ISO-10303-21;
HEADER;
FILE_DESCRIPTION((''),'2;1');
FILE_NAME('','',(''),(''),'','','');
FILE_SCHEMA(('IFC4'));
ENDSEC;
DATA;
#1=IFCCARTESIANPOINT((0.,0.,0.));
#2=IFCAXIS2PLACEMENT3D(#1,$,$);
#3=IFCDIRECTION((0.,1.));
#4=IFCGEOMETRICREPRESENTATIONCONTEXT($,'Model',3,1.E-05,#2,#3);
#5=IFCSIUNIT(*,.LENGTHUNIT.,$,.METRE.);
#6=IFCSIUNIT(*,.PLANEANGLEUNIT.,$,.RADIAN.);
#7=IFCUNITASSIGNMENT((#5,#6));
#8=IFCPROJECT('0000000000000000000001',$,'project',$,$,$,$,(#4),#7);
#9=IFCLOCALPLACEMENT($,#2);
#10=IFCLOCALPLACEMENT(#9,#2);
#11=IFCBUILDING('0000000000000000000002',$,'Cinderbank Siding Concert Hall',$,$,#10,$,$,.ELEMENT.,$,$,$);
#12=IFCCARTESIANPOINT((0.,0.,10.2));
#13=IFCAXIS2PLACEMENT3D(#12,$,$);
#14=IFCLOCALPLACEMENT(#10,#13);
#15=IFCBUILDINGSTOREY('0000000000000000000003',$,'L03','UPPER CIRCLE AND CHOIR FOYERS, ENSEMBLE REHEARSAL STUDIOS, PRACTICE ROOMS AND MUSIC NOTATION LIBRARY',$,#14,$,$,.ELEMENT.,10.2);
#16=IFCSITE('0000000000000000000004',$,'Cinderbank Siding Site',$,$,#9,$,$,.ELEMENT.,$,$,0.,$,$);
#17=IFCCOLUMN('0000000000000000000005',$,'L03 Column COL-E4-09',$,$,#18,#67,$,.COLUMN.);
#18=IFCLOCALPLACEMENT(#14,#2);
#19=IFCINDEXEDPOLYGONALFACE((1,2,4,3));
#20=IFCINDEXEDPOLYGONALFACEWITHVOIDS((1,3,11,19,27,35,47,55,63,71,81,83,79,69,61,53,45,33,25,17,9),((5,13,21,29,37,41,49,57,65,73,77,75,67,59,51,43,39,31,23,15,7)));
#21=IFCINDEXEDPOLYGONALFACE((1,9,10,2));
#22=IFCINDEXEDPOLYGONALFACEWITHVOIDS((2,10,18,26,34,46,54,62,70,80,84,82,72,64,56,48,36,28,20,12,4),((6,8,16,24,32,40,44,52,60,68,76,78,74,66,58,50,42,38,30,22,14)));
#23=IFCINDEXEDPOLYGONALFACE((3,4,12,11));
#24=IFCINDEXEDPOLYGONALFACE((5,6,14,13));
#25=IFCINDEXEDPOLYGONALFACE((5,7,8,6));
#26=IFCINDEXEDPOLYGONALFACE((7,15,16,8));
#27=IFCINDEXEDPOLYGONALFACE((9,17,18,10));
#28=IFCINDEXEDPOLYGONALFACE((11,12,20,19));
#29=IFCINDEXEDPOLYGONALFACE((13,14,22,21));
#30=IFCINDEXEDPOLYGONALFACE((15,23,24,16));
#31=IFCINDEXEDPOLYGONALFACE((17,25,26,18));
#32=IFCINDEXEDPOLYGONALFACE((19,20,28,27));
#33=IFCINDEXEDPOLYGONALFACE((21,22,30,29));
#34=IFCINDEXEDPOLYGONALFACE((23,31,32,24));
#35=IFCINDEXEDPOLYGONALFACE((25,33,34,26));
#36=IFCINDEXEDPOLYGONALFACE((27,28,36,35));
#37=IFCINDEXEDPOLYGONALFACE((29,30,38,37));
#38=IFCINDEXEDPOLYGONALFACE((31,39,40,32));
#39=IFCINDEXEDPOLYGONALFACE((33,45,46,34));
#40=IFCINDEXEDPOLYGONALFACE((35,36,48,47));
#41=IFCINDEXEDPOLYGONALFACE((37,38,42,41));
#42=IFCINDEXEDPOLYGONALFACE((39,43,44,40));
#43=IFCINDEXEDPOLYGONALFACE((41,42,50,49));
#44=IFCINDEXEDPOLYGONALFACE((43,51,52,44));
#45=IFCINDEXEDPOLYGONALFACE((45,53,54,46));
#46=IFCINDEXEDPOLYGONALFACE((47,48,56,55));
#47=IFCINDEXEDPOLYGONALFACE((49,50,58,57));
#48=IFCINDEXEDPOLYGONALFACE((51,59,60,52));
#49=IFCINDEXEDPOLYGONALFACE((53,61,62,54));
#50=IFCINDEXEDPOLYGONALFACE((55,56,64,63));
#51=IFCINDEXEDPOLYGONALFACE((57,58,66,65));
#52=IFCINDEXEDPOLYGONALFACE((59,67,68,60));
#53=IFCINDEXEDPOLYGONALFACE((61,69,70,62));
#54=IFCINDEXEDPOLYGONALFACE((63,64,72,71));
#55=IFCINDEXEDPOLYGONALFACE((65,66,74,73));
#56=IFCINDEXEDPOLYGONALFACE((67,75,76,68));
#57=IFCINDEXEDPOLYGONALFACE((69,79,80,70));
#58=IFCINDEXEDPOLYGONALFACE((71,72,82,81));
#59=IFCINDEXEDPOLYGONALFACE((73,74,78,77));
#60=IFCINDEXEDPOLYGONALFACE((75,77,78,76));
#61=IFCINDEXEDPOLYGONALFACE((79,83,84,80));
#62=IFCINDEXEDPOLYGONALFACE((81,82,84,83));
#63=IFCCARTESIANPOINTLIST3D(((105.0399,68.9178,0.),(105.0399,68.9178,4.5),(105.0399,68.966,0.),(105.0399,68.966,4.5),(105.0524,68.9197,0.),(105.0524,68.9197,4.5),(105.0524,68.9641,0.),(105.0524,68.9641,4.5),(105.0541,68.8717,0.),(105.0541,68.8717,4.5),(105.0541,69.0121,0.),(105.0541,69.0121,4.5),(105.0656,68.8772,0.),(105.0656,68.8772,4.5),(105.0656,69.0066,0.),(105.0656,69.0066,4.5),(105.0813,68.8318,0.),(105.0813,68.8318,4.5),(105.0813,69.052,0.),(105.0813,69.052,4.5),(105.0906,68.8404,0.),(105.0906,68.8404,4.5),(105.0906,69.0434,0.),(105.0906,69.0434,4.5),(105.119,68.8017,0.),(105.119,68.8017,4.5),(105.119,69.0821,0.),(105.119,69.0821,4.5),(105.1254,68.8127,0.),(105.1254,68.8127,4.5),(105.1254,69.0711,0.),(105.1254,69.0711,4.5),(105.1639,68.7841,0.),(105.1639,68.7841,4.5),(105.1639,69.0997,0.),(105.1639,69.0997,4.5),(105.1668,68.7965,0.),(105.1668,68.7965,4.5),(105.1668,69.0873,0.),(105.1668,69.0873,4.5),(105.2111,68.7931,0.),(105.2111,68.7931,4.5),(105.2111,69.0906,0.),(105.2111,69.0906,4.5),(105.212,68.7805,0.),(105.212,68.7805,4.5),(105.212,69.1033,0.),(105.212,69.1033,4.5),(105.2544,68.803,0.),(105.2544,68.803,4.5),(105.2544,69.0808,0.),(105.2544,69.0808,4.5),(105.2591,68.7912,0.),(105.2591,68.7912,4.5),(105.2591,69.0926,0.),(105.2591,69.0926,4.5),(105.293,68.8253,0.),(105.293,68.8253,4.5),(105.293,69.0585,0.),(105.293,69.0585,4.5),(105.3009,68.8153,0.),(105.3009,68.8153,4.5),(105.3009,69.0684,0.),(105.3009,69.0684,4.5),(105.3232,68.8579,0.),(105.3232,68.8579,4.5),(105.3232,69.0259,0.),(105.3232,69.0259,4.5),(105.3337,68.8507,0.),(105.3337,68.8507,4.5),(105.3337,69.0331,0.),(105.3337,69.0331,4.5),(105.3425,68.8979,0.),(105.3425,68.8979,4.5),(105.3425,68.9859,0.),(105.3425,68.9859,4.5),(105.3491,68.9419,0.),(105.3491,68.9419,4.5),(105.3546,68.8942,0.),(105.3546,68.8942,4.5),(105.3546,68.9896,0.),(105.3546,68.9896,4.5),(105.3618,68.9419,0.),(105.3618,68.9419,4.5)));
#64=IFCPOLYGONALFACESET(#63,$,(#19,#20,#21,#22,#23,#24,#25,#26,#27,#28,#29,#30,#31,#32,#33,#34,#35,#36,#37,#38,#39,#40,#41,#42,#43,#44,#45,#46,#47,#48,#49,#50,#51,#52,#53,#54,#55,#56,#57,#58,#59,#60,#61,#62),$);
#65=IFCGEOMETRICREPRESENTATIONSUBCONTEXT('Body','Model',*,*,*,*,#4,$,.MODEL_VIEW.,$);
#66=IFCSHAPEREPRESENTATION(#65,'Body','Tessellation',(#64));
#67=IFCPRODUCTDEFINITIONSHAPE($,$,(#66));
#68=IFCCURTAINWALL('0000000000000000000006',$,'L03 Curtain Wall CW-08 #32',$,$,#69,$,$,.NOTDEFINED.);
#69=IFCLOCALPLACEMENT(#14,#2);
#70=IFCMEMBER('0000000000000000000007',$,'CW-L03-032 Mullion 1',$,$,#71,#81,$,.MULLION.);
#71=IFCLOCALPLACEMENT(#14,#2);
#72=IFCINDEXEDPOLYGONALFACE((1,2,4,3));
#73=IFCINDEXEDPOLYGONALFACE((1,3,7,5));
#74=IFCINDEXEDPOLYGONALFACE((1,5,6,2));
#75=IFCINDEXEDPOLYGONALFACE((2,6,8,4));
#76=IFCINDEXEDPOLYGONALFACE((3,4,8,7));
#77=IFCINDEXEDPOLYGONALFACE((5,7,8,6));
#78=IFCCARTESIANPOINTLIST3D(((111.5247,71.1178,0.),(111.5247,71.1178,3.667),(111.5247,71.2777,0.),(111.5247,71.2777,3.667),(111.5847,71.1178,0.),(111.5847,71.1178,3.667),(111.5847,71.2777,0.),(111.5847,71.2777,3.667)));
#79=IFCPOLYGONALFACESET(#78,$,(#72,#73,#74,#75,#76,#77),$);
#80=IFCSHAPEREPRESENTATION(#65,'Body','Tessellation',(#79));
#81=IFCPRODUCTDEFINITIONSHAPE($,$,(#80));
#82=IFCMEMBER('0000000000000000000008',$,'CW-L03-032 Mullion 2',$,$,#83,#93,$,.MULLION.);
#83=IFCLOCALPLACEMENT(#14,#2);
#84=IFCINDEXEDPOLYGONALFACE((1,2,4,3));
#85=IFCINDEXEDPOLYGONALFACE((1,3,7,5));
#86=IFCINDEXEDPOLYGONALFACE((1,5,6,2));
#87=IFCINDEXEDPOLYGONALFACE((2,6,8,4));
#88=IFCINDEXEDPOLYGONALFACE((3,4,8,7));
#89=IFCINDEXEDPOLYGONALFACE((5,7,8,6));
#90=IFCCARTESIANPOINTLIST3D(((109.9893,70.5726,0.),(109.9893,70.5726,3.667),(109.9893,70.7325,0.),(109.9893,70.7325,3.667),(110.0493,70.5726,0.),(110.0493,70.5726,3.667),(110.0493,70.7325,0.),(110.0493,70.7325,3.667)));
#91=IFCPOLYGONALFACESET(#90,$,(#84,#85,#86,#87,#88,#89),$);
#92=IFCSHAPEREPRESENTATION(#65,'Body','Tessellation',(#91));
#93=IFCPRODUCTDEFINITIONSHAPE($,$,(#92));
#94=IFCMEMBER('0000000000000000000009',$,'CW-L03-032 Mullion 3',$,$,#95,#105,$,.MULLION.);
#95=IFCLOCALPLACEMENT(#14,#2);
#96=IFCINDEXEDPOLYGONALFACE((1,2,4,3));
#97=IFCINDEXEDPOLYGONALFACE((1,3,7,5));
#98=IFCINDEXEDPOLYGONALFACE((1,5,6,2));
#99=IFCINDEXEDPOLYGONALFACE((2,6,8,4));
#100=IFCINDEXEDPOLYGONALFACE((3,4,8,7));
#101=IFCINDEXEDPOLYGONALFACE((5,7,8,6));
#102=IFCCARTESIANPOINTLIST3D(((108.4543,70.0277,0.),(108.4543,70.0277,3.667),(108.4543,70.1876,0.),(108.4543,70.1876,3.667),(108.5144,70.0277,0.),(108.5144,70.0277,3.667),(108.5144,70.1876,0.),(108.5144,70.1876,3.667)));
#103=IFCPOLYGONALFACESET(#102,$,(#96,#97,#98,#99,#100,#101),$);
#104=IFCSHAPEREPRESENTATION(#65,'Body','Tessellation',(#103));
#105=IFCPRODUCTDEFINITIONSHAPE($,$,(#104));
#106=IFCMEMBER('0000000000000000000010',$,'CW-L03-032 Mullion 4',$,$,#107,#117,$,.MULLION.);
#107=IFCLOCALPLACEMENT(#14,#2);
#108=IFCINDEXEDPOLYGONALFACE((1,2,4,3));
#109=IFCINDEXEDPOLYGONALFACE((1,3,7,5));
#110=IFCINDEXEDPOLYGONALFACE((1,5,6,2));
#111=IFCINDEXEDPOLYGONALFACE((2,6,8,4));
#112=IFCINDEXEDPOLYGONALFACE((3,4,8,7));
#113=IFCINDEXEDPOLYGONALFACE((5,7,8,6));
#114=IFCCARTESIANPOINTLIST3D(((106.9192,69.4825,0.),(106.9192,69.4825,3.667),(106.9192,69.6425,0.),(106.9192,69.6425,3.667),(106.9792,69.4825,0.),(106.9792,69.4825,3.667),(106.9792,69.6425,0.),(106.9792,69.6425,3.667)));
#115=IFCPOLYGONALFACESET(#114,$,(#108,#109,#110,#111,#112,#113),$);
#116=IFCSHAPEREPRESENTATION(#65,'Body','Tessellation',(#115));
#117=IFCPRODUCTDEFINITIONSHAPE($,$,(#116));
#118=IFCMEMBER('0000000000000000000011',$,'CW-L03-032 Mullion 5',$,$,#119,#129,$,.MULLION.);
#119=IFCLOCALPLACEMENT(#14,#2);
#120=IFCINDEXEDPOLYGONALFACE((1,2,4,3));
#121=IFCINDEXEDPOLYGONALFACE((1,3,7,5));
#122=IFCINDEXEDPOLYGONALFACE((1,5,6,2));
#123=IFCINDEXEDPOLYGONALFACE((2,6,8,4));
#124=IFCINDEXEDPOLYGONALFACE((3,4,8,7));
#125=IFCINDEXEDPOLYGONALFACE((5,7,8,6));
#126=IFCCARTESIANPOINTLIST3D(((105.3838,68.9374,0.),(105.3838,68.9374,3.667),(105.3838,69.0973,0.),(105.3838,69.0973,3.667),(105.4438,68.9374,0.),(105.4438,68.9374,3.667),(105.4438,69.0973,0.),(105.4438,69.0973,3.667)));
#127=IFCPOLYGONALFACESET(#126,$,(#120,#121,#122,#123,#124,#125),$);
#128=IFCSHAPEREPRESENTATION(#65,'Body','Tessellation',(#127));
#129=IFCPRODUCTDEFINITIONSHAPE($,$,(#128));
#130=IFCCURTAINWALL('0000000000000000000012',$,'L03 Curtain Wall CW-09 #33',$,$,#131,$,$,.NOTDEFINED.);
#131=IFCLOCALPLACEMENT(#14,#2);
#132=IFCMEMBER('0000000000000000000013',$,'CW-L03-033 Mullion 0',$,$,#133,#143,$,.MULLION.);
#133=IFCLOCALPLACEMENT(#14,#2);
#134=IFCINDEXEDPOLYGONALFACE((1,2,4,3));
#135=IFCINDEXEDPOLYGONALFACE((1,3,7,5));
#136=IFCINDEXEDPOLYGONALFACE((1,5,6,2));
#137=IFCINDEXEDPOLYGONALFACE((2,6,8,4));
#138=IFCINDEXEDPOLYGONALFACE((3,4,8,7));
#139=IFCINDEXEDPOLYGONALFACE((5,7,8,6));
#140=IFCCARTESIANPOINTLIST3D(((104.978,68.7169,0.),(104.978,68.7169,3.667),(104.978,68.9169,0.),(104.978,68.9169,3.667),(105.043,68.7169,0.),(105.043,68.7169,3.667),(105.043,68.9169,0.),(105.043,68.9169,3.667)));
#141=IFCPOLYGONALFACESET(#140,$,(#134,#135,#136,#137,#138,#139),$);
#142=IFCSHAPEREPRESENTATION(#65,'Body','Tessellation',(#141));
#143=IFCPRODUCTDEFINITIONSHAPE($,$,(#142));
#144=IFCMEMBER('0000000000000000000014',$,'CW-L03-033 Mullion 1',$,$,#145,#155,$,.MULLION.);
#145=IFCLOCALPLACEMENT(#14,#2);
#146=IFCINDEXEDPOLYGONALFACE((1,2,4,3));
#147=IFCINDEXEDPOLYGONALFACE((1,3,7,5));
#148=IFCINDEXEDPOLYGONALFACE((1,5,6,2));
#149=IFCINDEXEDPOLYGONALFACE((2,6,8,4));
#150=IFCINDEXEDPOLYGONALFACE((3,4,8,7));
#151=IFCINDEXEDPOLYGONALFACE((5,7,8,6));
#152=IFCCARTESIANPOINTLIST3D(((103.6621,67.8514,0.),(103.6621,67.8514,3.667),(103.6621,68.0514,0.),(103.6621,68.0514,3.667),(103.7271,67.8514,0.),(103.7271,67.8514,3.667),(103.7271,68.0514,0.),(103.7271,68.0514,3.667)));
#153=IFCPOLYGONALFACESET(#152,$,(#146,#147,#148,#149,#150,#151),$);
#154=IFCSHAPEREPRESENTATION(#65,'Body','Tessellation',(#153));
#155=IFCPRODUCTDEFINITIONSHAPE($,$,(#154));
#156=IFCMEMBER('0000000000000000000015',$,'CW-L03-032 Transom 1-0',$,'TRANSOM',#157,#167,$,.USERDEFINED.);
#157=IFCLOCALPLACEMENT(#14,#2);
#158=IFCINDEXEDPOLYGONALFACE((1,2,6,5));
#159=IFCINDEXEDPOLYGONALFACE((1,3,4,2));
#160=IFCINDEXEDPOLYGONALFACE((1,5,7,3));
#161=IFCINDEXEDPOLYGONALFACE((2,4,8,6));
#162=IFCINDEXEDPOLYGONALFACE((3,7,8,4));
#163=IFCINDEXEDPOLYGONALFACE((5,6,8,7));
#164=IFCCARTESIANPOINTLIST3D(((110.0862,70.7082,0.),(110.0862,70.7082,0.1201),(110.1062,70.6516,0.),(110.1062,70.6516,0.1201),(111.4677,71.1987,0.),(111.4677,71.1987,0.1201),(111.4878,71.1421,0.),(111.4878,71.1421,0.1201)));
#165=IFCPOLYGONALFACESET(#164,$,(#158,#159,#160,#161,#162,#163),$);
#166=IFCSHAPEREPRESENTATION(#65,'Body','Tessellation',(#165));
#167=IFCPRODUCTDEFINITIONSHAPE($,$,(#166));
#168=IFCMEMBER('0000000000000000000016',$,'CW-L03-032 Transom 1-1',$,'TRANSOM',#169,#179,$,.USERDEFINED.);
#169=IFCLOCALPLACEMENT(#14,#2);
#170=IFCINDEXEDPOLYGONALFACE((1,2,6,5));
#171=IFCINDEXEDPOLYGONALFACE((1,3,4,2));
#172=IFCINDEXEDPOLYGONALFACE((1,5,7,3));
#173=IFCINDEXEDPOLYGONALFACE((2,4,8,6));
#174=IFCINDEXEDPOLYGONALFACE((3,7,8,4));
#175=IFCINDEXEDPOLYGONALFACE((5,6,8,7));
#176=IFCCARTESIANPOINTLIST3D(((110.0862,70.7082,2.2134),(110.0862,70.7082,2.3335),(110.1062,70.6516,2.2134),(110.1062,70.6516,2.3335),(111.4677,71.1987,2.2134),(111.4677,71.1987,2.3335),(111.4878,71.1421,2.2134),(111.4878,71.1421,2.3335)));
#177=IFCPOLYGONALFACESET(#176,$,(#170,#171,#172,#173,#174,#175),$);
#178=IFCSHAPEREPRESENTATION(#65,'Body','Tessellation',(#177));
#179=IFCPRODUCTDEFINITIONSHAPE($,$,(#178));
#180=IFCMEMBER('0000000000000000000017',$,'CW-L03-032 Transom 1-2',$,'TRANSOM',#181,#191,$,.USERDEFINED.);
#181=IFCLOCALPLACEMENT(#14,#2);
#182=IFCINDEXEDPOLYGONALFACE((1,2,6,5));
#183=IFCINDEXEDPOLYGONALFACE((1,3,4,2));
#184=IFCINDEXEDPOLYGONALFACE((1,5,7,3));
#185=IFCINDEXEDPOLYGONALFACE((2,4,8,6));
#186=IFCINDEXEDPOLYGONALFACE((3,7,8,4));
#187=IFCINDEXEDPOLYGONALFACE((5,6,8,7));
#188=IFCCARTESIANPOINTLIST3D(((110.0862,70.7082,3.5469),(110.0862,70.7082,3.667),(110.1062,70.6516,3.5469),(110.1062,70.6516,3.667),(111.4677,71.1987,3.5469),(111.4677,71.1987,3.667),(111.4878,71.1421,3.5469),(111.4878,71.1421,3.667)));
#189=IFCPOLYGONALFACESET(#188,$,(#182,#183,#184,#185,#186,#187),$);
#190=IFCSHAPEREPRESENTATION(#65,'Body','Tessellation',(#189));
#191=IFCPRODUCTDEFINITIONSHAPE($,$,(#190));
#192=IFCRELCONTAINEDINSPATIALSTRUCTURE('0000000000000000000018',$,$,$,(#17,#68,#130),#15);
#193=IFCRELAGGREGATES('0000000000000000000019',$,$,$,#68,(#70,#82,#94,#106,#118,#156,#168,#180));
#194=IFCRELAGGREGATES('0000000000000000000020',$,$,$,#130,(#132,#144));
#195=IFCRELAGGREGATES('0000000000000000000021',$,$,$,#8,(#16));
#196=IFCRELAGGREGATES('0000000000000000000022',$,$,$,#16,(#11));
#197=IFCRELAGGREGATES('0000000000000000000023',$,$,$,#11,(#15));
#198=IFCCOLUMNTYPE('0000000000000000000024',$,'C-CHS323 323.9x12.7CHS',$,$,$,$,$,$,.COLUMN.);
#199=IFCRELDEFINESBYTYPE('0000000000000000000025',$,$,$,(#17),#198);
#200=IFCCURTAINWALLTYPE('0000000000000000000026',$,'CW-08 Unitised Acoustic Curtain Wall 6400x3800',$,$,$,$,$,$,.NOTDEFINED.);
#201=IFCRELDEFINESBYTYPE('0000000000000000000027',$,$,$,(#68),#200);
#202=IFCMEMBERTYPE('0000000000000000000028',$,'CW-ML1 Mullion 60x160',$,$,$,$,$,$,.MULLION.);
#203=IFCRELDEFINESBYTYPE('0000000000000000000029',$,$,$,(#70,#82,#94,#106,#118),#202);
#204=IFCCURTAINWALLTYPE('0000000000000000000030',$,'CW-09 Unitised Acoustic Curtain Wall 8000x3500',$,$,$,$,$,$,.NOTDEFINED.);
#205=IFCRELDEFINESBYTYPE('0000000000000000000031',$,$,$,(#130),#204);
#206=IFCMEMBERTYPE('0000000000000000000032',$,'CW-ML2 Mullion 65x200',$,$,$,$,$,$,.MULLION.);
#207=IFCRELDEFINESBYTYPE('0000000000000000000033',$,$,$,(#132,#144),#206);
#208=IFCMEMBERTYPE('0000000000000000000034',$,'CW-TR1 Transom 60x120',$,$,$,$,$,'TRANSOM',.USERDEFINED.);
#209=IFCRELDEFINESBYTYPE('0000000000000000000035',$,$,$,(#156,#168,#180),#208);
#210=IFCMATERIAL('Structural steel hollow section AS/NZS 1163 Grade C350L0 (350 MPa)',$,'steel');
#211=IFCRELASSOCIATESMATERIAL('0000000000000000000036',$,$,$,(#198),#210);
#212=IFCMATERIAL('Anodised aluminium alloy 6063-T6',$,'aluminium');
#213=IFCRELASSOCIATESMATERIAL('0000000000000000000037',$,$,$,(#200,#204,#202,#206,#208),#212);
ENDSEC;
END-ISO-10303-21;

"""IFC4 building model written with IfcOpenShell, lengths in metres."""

from ifc_helpers import new_model, si_unit, direction, frame, origin, origin_2d, place, context, subcontext, project, spatial, rectangle, hollow_circle, extrude, material, material_profile, profile_set, type_object, element, aggregate, save


model = new_model("IFC4")

# Units and contexts
model_context = context("Model", 3, precision=1e-05, world=origin(), true_north=direction((0.0, 1.0)))
body_context = subcontext(model_context, "Body", "Model", "MODEL_VIEW")
ifc_project = project(units=[si_unit("LENGTHUNIT", "METRE"), si_unit("PLANEANGLEUNIT", "RADIAN")], contexts=[model_context])

# Site, building, storey
site_placement = place(None, origin())
site = spatial("IfcSite", under=ifc_project, at=site_placement, Name="Cinderbank Siding Site", CompositionType="ELEMENT", RefElevation=0.0)
building_placement = place(site_placement, origin())
building = spatial("IfcBuilding", under=site, at=building_placement, Name="Cinderbank Siding Concert Hall", CompositionType="ELEMENT")
storey_placement = place(building_placement, frame((0.0, 0.0, 10.2)))
storey = spatial("IfcBuildingStorey", under=building, at=storey_placement, Name="L03", Description="UPPER CIRCLE AND CHOIR FOYERS, ENSEMBLE REHEARSAL STUDIOS, PRACTICE ROOMS AND MUSIC NOTATION LIBRARY", CompositionType="ELEMENT", Elevation=10.2)

# Column
ifc_material_1 = material(Name="Structural steel hollow section AS/NZS 1163 Grade C350L0 (350 MPa)", Category="steel")
ifc_material_profile_1 = material_profile(ifc_material_1, hollow_circle(Radius=0.1619, WallThickness=0.0127, at=origin_2d()), Name="323.9x12.7CHS", Category="LoadBearing")
ifc_profile_set_1 = profile_set([ifc_material_profile_1], Name="Structural steel hollow section AS/NZS 1163 Grade C350L0 (350 MPa)")
column_type = type_object("IfcColumnType", Name="C-CHS323 323.9x12.7CHS", PredefinedType="COLUMN", material=ifc_profile_set_1)
column_placement = place(storey_placement, frame((105.2, 68.9419, 0.0), z_axis=(0.0, 0.0, 1.0), x_axis=(1.0, 0.0, 0.0)))
element("IfcColumn", 1, at=column_placement, inside=storey, type_object=column_type, Name="L03 Column COL-E4-09", PredefinedType="COLUMN", context=body_context, shape_type="SweptSolid", body=[
    extrude(hollow_circle(Radius=0.1619, WallThickness=0.0127, at=origin_2d()), origin(), (0.0, 0.0, 1.0), 4.5),
])

# Curtain walls, members
ifc_material_2 = material(Name="Anodised aluminium alloy 6063-T6", Category="aluminium")
curtain_wall_type_1 = type_object("IfcCurtainWallType", Name="CW-08 Unitised Acoustic Curtain Wall 6400x3800", PredefinedType="NOTDEFINED", material=ifc_material_2)
curtain_wall_1_placement = place(storey_placement, origin())
curtain_wall_1 = element("IfcCurtainWall", 2, at=curtain_wall_1_placement, inside=storey, type_object=curtain_wall_type_1, Name="L03 Curtain Wall CW-08 #32", PredefinedType="NOTDEFINED")
ifc_material_profile_2 = material_profile(ifc_material_2, rectangle(XDim=0.0601, YDim=0.1599, at=origin_2d()), Name="ALU-MULL-60x160", Category="LoadBearing")
ifc_profile_set_2 = profile_set([ifc_material_profile_2], Name="Anodised aluminium alloy 6063-T6")
member_type_1 = type_object("IfcMemberType", Name="CW-ML1 Mullion 60x160", PredefinedType="MULLION", material=ifc_profile_set_2)
member_1_placement = place(storey_placement, frame((111.5547, 71.1978, 0.0), z_axis=(0.0, 0.0, 1.0), x_axis=(1.0, 0.0, 0.0)))
member_1 = element("IfcMember", 3, at=member_1_placement, type_object=member_type_1, Name="CW-L03-032 Mullion 1", PredefinedType="MULLION", context=body_context, shape_type="SweptSolid", body=[
    extrude(rectangle(XDim=0.0601, YDim=0.1599, at=origin_2d()), origin(), (0.0, 0.0, 1.0), 3.667),
])
member_2_placement = place(storey_placement, frame((110.0193, 70.6526, 0.0), z_axis=(0.0, 0.0, 1.0), x_axis=(1.0, 0.0, 0.0)))
member_2 = element("IfcMember", 4, at=member_2_placement, type_object=member_type_1, Name="CW-L03-032 Mullion 2", PredefinedType="MULLION", context=body_context, shape_type="SweptSolid", body=[
    extrude(rectangle(XDim=0.0601, YDim=0.1599, at=origin_2d()), origin(), (0.0, 0.0, 1.0), 3.667),
])
member_3_placement = place(storey_placement, frame((108.4844, 70.1077, 0.0), z_axis=(0.0, 0.0, 1.0), x_axis=(1.0, 0.0, 0.0)))
member_3 = element("IfcMember", 5, at=member_3_placement, type_object=member_type_1, Name="CW-L03-032 Mullion 3", PredefinedType="MULLION", context=body_context, shape_type="SweptSolid", body=[
    extrude(rectangle(XDim=0.0601, YDim=0.1599, at=origin_2d()), origin(), (0.0, 0.0, 1.0), 3.667),
])
member_4_placement = place(storey_placement, frame((106.9492, 69.5625, 0.0), z_axis=(0.0, 0.0, 1.0), x_axis=(1.0, 0.0, 0.0)))
member_4 = element("IfcMember", 6, at=member_4_placement, type_object=member_type_1, Name="CW-L03-032 Mullion 4", PredefinedType="MULLION", context=body_context, shape_type="SweptSolid", body=[
    extrude(rectangle(XDim=0.0601, YDim=0.1599, at=origin_2d()), origin(), (0.0, 0.0, 1.0), 3.667),
])
member_5_placement = place(storey_placement, frame((105.4138, 69.0173, 0.0), z_axis=(0.0, 0.0, 1.0), x_axis=(1.0, 0.0, 0.0)))
member_5 = element("IfcMember", 7, at=member_5_placement, type_object=member_type_1, Name="CW-L03-032 Mullion 5", PredefinedType="MULLION", context=body_context, shape_type="SweptSolid", body=[
    extrude(rectangle(XDim=0.0601, YDim=0.1599, at=origin_2d()), origin(), (0.0, 0.0, 1.0), 3.667),
])
curtain_wall_type_2 = type_object("IfcCurtainWallType", Name="CW-09 Unitised Acoustic Curtain Wall 8000x3500", PredefinedType="NOTDEFINED", material=ifc_material_2)
curtain_wall_2_placement = place(storey_placement, origin())
curtain_wall_2 = element("IfcCurtainWall", 8, at=curtain_wall_2_placement, inside=storey, type_object=curtain_wall_type_2, Name="L03 Curtain Wall CW-09 #33", PredefinedType="NOTDEFINED")
ifc_material_profile_3 = material_profile(ifc_material_2, rectangle(XDim=0.0649, YDim=0.2, at=origin_2d()), Name="ALU-MULL-65x200", Category="LoadBearing")
ifc_profile_set_3 = profile_set([ifc_material_profile_3], Name="Anodised aluminium alloy 6063-T6")
member_type_2 = type_object("IfcMemberType", Name="CW-ML2 Mullion 65x200", PredefinedType="MULLION", material=ifc_profile_set_3)
member_6_placement = place(storey_placement, frame((105.0105, 68.8169, 0.0), z_axis=(0.0, 0.0, 1.0), x_axis=(1.0, 0.0, 0.0)))
member_6 = element("IfcMember", 9, at=member_6_placement, type_object=member_type_2, Name="CW-L03-033 Mullion 0", PredefinedType="MULLION", context=body_context, shape_type="SweptSolid", body=[
    extrude(rectangle(XDim=0.0649, YDim=0.2, at=origin_2d()), origin(), (0.0, 0.0, 1.0), 3.667),
])
member_7_placement = place(storey_placement, frame((103.6946, 67.9514, 0.0), z_axis=(0.0, 0.0, 1.0), x_axis=(1.0, 0.0, 0.0)))
member_7 = element("IfcMember", 10, at=member_7_placement, type_object=member_type_2, Name="CW-L03-033 Mullion 1", PredefinedType="MULLION", context=body_context, shape_type="SweptSolid", body=[
    extrude(rectangle(XDim=0.0649, YDim=0.2, at=origin_2d()), origin(), (0.0, 0.0, 1.0), 3.667),
])

# Members
ifc_material_profile_4 = material_profile(ifc_material_2, rectangle(XDim=0.0601, YDim=0.1201, at=origin_2d()), Name="ALU-TRAN-60x120", Category="LoadBearing")
ifc_profile_set_4 = profile_set([ifc_material_profile_4], Name="Anodised aluminium alloy 6063-T6")
member_type_3 = type_object("IfcMemberType", Name="CW-TR1 Transom 60x120", ElementType="TRANSOM", PredefinedType="USERDEFINED", material=ifc_profile_set_4)
member_8_placement = place(storey_placement, frame((111.4778, 71.1704, 0.0601), z_axis=(-0.942377, -0.334553, 0.0), x_axis=(0.334553, -0.942377, 0.0)))
member_8 = element("IfcMember", 11, at=member_8_placement, type_object=member_type_3, Name="CW-L03-032 Transom 1-0", ObjectType="TRANSOM", PredefinedType="USERDEFINED", context=body_context, shape_type="SweptSolid", body=[
    extrude(rectangle(XDim=0.0601, YDim=0.1201, at=origin_2d()), origin(), (0.0, 0.0, 1.0), 1.4661),
])
member_9_placement = place(storey_placement, frame((111.4778, 71.1704, 2.2734), z_axis=(-0.942377, -0.334553, 0.0), x_axis=(0.334553, -0.942377, 0.0)))
member_9 = element("IfcMember", 12, at=member_9_placement, type_object=member_type_3, Name="CW-L03-032 Transom 1-1", ObjectType="TRANSOM", PredefinedType="USERDEFINED", context=body_context, shape_type="SweptSolid", body=[
    extrude(rectangle(XDim=0.0601, YDim=0.1201, at=origin_2d()), origin(), (0.0, 0.0, 1.0), 1.4661),
])
member_10_placement = place(storey_placement, frame((111.4778, 71.1704, 3.6069), z_axis=(-0.942377, -0.334553, 0.0), x_axis=(0.334553, -0.942377, 0.0)))
member_10 = element("IfcMember", 13, at=member_10_placement, type_object=member_type_3, Name="CW-L03-032 Transom 1-2", ObjectType="TRANSOM", PredefinedType="USERDEFINED", context=body_context, shape_type="SweptSolid", body=[
    extrude(rectangle(XDim=0.0601, YDim=0.1201, at=origin_2d()), origin(), (0.0, 0.0, 1.0), 1.4661),
])

aggregate(curtain_wall_1, [member_1, member_2, member_3, member_4, member_5, member_8, member_9, member_10])
aggregate(curtain_wall_2, [member_6, member_7])

save(model, "model.ifc")
